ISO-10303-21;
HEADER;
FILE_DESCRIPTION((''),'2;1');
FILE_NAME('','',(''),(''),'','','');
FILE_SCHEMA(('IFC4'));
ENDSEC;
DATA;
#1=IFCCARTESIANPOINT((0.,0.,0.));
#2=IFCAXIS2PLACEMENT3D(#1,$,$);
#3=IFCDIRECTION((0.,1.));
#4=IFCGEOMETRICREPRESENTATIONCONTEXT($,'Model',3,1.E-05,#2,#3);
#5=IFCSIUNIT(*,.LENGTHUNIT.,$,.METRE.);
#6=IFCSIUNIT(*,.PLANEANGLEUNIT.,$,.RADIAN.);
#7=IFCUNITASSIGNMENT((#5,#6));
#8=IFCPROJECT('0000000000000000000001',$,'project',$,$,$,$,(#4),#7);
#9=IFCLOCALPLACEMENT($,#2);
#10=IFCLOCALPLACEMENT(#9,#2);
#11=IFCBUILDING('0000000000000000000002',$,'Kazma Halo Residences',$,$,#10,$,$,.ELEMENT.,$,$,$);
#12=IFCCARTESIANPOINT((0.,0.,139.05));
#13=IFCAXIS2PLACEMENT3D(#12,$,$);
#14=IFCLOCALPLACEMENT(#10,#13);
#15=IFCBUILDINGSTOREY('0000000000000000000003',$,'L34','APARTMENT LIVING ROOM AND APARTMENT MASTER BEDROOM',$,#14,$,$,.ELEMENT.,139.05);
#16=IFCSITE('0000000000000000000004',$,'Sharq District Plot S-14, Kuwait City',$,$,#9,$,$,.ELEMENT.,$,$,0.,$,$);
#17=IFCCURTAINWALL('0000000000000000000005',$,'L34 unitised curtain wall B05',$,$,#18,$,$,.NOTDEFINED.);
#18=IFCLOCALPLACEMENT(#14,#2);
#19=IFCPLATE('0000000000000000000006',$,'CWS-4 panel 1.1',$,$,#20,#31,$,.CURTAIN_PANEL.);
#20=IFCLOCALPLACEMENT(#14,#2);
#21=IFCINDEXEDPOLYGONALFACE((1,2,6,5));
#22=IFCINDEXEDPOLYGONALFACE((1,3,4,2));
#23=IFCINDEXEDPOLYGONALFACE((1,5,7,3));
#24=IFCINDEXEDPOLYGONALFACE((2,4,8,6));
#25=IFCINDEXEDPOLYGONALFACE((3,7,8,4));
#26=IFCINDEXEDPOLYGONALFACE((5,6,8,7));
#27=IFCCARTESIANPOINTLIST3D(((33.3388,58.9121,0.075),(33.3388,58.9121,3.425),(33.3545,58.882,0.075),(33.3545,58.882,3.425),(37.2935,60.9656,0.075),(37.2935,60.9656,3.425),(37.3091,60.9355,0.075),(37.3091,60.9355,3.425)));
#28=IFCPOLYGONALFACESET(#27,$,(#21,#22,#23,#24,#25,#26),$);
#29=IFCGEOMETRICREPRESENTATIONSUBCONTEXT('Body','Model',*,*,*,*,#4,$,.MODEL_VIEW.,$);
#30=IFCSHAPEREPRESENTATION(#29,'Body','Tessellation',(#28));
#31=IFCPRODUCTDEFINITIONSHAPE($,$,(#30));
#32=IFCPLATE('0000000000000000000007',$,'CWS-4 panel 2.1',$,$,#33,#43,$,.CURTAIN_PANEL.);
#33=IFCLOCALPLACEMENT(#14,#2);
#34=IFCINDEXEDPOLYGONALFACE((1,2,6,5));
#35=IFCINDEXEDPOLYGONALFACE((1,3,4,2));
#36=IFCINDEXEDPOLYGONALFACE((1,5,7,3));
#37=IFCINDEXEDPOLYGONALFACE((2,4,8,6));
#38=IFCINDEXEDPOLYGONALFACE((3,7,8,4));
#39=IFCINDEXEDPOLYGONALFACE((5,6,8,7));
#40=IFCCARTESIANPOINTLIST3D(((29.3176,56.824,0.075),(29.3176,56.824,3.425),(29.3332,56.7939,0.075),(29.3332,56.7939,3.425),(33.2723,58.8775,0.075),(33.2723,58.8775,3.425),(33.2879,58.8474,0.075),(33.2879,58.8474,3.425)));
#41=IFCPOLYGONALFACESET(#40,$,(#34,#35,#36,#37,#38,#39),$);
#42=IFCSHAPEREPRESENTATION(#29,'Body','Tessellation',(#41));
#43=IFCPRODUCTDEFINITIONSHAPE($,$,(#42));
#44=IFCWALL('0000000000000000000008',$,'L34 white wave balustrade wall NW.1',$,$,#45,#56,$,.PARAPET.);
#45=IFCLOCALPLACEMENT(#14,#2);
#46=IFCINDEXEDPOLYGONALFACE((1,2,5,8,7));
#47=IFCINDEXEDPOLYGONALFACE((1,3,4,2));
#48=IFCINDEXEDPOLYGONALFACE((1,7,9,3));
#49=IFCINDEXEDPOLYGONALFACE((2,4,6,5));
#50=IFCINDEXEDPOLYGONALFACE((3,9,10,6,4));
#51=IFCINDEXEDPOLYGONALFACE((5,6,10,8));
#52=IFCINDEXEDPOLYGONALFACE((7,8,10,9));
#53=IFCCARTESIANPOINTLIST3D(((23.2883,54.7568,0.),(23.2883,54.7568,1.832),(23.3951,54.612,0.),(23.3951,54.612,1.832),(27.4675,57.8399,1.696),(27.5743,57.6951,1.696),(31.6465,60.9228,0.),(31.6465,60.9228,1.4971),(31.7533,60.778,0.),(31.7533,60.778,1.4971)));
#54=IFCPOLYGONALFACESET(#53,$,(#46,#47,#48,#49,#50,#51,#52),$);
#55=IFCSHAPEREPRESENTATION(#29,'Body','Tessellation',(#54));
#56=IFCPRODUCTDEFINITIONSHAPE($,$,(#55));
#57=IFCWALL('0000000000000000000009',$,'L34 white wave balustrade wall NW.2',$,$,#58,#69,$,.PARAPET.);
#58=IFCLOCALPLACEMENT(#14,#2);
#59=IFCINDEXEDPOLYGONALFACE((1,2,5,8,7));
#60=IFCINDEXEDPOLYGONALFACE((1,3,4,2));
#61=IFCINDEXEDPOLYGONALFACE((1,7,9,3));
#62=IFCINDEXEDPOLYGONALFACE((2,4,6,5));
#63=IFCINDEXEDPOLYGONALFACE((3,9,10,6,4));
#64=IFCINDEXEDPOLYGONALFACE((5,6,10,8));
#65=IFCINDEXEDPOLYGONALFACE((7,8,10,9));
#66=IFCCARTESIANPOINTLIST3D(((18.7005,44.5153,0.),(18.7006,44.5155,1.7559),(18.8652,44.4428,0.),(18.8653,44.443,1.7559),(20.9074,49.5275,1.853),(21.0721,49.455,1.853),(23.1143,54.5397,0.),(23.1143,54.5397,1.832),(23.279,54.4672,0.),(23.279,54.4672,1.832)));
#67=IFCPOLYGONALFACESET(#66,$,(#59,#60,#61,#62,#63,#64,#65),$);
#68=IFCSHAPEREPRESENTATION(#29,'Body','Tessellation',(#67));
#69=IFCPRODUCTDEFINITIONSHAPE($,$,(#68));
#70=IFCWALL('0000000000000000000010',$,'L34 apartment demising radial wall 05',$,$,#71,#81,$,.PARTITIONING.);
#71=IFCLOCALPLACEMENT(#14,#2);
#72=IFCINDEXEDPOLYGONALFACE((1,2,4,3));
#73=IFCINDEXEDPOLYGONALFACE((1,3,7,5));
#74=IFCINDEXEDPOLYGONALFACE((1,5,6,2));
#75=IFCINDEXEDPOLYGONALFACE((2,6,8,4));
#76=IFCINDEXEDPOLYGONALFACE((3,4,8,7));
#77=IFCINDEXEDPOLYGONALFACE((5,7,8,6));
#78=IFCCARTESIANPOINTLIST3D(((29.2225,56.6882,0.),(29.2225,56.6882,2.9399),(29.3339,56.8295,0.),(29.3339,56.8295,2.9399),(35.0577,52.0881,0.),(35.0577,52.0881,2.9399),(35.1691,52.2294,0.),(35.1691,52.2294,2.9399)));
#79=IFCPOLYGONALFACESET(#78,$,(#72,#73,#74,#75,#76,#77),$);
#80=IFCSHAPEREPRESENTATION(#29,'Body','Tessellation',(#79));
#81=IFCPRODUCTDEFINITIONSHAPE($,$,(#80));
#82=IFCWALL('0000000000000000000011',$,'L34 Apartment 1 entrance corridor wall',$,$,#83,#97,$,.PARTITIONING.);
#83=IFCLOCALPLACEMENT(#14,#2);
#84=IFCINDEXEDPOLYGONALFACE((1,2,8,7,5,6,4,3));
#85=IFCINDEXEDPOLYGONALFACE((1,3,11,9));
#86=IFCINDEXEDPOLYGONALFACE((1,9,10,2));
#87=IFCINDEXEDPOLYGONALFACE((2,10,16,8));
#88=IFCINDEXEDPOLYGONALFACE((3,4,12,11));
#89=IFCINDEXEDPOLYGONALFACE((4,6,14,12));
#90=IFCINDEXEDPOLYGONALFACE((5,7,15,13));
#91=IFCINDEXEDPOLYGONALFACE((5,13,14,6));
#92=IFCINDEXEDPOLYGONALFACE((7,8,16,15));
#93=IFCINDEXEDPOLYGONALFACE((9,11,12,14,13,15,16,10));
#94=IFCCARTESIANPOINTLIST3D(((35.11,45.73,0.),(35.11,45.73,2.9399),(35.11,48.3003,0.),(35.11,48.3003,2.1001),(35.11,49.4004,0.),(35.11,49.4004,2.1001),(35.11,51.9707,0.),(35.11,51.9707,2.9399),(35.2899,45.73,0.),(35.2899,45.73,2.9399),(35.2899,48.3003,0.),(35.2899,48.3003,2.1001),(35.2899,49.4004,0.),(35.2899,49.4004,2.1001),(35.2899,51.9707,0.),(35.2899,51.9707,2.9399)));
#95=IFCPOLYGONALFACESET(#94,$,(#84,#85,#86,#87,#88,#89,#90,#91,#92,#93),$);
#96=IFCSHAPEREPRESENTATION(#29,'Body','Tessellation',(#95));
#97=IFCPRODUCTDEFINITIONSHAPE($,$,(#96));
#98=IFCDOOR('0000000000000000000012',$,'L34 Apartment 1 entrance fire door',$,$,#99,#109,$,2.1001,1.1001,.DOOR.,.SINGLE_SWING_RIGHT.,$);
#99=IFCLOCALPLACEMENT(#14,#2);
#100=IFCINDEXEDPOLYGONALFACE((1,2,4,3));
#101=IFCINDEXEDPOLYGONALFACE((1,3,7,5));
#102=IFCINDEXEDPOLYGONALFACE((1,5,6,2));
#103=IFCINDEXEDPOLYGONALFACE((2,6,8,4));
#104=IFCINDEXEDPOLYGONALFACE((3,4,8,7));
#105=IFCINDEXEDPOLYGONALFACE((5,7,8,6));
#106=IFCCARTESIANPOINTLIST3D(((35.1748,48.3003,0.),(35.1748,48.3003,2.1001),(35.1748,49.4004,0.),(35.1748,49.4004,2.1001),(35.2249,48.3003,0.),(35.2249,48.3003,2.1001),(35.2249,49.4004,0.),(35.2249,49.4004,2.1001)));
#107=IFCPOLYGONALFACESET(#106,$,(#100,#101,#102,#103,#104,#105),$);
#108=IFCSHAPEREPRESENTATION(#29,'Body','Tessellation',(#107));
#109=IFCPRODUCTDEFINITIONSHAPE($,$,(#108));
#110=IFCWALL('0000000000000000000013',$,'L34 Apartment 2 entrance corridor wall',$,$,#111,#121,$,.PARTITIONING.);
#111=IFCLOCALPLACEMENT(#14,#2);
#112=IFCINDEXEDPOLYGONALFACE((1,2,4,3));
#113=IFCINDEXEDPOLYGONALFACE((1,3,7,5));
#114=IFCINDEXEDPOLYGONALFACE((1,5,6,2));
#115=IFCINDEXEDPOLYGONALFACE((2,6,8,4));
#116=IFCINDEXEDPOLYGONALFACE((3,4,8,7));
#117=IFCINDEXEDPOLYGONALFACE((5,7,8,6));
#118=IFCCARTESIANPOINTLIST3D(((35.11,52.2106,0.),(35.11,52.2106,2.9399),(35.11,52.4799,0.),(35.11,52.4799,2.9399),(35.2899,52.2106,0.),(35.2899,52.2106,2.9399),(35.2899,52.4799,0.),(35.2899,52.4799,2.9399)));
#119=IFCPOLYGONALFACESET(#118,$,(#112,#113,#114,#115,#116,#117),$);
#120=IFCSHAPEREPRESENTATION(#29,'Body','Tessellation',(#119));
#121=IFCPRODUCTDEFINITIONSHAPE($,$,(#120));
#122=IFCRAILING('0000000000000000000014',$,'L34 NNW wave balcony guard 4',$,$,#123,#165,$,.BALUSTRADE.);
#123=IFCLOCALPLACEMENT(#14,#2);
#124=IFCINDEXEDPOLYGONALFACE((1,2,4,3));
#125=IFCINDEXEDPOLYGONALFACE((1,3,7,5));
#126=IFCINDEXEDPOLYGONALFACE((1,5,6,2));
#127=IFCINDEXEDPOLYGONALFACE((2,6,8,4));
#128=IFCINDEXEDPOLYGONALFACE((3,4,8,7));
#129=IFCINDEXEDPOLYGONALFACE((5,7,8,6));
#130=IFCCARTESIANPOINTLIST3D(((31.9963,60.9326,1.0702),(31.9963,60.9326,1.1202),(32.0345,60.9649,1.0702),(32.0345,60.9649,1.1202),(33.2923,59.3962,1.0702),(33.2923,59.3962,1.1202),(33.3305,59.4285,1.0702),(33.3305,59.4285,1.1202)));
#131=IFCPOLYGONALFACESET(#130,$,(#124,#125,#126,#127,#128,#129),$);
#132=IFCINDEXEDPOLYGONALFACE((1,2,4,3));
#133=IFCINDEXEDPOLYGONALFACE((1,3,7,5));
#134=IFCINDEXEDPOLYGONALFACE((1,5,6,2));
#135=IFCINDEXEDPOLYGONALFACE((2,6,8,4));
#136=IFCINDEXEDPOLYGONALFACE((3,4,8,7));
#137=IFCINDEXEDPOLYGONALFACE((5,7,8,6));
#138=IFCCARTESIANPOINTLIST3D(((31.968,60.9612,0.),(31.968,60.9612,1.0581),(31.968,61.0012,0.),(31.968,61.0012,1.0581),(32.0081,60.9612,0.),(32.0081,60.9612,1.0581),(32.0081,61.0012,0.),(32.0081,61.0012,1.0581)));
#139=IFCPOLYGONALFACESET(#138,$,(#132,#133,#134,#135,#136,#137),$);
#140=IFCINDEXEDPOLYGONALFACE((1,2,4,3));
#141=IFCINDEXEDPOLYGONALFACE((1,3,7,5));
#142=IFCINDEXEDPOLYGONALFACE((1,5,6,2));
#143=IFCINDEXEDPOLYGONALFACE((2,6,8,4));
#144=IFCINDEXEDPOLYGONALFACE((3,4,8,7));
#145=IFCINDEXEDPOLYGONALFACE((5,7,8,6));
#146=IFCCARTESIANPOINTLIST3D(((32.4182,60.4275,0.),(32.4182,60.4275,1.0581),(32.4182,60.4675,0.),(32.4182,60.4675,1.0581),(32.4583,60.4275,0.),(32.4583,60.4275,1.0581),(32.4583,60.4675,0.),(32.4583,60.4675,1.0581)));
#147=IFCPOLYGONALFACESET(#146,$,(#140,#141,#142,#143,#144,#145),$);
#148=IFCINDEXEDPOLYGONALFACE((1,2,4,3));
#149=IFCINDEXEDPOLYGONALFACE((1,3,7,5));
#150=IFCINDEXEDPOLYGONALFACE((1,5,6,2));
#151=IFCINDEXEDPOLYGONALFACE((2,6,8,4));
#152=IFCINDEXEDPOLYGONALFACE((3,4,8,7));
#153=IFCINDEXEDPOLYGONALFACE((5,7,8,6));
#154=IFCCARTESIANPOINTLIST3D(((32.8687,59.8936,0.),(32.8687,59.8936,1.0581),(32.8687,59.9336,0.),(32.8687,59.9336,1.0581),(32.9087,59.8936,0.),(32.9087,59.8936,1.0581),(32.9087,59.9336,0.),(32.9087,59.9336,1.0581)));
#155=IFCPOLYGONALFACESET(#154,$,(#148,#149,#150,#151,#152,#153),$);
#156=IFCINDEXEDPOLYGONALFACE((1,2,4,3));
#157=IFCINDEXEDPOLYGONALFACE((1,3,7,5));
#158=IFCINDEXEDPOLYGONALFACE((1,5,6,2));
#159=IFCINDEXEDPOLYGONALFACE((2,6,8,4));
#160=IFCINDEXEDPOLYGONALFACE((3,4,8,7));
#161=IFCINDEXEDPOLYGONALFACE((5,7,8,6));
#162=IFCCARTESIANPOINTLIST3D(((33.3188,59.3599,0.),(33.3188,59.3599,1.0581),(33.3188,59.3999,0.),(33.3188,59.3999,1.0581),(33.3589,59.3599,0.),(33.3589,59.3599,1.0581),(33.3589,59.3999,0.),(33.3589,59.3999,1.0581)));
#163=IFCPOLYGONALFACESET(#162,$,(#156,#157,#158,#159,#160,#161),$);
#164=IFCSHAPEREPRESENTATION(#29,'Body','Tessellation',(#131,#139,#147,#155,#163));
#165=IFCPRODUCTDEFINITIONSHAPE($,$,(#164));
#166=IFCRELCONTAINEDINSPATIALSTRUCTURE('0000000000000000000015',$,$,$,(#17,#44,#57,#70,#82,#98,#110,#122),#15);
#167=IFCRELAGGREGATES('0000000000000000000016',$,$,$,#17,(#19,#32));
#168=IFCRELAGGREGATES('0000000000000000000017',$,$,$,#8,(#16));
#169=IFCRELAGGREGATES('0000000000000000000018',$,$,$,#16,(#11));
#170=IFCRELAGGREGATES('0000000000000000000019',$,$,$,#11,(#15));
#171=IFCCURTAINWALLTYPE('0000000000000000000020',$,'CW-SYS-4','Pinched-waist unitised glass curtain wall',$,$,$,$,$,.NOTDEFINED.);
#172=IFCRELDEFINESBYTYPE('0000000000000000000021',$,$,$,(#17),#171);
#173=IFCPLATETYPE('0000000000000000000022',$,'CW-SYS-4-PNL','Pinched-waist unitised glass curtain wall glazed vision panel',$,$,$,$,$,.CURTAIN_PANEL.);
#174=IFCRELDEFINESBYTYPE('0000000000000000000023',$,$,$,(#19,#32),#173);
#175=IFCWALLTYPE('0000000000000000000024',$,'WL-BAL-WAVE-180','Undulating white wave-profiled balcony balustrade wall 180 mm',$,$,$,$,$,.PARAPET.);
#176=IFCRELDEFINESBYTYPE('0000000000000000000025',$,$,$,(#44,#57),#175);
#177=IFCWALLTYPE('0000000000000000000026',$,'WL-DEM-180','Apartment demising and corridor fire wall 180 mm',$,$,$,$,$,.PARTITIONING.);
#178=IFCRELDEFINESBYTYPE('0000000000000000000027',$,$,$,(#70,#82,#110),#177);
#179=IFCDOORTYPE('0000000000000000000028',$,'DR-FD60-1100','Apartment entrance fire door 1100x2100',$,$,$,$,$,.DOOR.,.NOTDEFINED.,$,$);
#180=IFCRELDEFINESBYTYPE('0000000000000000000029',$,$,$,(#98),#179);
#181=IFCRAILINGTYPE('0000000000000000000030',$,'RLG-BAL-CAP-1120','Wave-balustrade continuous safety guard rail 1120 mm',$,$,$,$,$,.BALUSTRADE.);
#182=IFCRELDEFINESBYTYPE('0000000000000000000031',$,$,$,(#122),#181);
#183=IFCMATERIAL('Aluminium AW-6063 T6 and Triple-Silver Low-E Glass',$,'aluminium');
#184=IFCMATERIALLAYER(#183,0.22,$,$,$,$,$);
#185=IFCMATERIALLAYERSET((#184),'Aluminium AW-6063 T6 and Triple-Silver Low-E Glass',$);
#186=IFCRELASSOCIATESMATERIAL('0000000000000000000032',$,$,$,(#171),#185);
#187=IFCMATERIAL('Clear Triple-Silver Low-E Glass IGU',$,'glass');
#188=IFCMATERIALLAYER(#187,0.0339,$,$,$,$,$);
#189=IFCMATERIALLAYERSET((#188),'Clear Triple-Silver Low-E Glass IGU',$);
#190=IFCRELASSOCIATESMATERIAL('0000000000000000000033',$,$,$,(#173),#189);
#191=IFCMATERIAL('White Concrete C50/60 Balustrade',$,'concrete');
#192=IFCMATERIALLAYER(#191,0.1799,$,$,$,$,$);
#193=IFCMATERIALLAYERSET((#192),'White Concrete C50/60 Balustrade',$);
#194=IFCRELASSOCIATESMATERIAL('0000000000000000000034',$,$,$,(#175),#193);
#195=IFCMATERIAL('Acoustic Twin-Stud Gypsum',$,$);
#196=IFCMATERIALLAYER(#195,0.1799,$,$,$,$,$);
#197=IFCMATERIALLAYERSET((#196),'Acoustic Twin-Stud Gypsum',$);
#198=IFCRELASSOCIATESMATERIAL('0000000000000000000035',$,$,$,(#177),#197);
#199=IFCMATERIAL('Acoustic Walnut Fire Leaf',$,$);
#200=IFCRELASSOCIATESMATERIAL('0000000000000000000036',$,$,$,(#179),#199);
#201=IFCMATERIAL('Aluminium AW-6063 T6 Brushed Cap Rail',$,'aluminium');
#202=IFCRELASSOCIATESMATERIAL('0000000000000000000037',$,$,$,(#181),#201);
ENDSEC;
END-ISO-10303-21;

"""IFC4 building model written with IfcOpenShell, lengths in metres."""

from ifc_helpers import new_model, si_unit, direction, frame, frame_2d, origin, origin_2d, place, context, subcontext, project, spatial, polyline, rectangle, outline, extrude, material, layer, layer_set, type_object, element, fill, aggregate, save


model = new_model("IFC4")

# Units and contexts
model_context = context("Model", 3, precision=1e-05, world=origin(), true_north=direction((0.0, 1.0)))
body_context = subcontext(model_context, "Body", "Model", "MODEL_VIEW")
ifc_project = project(units=[si_unit("LENGTHUNIT", "METRE"), si_unit("PLANEANGLEUNIT", "RADIAN")], contexts=[model_context])

# Site, building, storey
site_placement = place(None, origin())
site = spatial("IfcSite", under=ifc_project, at=site_placement, Name="Sharq District Plot S-14, Kuwait City", CompositionType="ELEMENT", RefElevation=0.0)
building_placement = place(site_placement, origin())
building = spatial("IfcBuilding", under=site, at=building_placement, Name="Kazma Halo Residences", CompositionType="ELEMENT")
storey_placement = place(building_placement, frame((0.0, 0.0, 139.05)))
storey = spatial("IfcBuildingStorey", under=building, at=storey_placement, Name="L34", Description="APARTMENT LIVING ROOM AND APARTMENT MASTER BEDROOM", CompositionType="ELEMENT", Elevation=139.05)

# Curtain wall
ifc_material_1 = material(Name="Aluminium AW-6063 T6 and Triple-Silver Low-E Glass", Category="aluminium")
ifc_layer_1 = layer(ifc_material_1, 0.22)
ifc_layer_set_1 = layer_set([ifc_layer_1], Name="Aluminium AW-6063 T6 and Triple-Silver Low-E Glass")
curtain_wall_type = type_object("IfcCurtainWallType", Name="CW-SYS-4", Description="Pinched-waist unitised glass curtain wall", PredefinedType="NOTDEFINED", material=ifc_layer_set_1)
curtain_wall_1_placement = place(storey_placement, origin())
curtain_wall_1 = element("IfcCurtainWall", 1, at=curtain_wall_1_placement, inside=storey, type_object=curtain_wall_type, Name="L34 unitised curtain wall B05", PredefinedType="NOTDEFINED")

# Plates
ifc_material_2 = material(Name="Clear Triple-Silver Low-E Glass IGU", Category="glass")
ifc_layer_2 = layer(ifc_material_2, 0.0339)
ifc_layer_set_2 = layer_set([ifc_layer_2], Name="Clear Triple-Silver Low-E Glass IGU")
plate_type = type_object("IfcPlateType", Name="CW-SYS-4-PNL", Description="Pinched-waist unitised glass curtain wall glazed vision panel", PredefinedType="CURTAIN_PANEL", material=ifc_layer_set_2)
plate_1_placement = place(storey_placement, frame((35.324, 59.9238, 0.075), z_axis=(0.0, 0.0, 1.0), x_axis=(-0.887485, -0.460837, 0.0)))
plate_1 = element("IfcPlate", 2, at=plate_1_placement, type_object=plate_type, Name="CWS-4 panel 1.1", PredefinedType="CURTAIN_PANEL", context=body_context, shape_type="SweptSolid", body=[
    extrude(rectangle(XDim=4.4561, YDim=0.0339, at=origin_2d()), origin(), (0.0, 0.0, 1.0), 3.3501),
])
plate_2_placement = place(storey_placement, frame((31.3027, 57.8357, 0.075), z_axis=(0.0, 0.0, 1.0), x_axis=(-0.887485, -0.460837, 0.0)))
plate_2 = element("IfcPlate", 3, at=plate_2_placement, type_object=plate_type, Name="CWS-4 panel 2.1", PredefinedType="CURTAIN_PANEL", context=body_context, shape_type="SweptSolid", body=[
    extrude(rectangle(XDim=4.4561, YDim=0.0339, at=origin_2d()), origin(), (0.0, 0.0, 1.0), 3.3501),
])
aggregate(curtain_wall_1, [plate_1, plate_2])

# Walls
ifc_material_3 = material(Name="White Concrete C50/60 Balustrade", Category="concrete")
ifc_layer_3 = layer(ifc_material_3, 0.1799)
ifc_layer_set_3 = layer_set([ifc_layer_3], Name="White Concrete C50/60 Balustrade")
wall_type_1 = type_object("IfcWallType", Name="WL-BAL-WAVE-180", Description="Undulating white wave-profiled balcony balustrade wall 180 mm", PredefinedType="PARAPET", material=ifc_layer_set_3)
wall_1_placement = place(storey_placement, frame((31.7, 60.8503, 0.0), z_axis=(0.0, 0.0, 1.0), x_axis=(-0.804717, -0.593659, 0.0)))
element("IfcWall", 4, at=wall_1_placement, inside=storey, type_object=wall_type_1, Name="L34 white wave balustrade wall NW.1", PredefinedType="PARAPET", context=body_context, shape_type="SweptSolid", body=[
    extrude(outline(polyline([(0.0, 0.0), (10.3865, 0.0), (10.3865, 1.832), (5.1931, 1.696), (0.0, 1.4971), (0.0, 0.0)])), frame((0.0, 0.0898, 0.0), z_axis=(0.0, -1.0, 0.0), x_axis=(1.0, 0.0, 0.0)), (0.0, 0.0, 1.0), 0.1799),
])
wall_2_placement = place(storey_placement, frame((23.1968, 54.5034, 0.0), z_axis=(0.0, 0.0, 1.0), x_axis=(-0.402974, -0.915211, 0.0)))
element("IfcWall", 5, at=wall_2_placement, inside=storey, type_object=wall_type_1, Name="L34 white wave balustrade wall NW.2", PredefinedType="PARAPET", context=body_context, shape_type="SweptSolid", body=[
    extrude(outline(polyline([(0.0, 0.0), (10.9531, 0.0), (10.9529, 1.7559), (5.4766, 1.853), (0.0, 1.832), (0.0, 0.0)])), frame((0.0, 0.0898, 0.0), z_axis=(0.0, -1.0, 0.0), x_axis=(1.0, 0.0, 0.0)), (0.0, 0.0, 1.0), 0.1799),
])
ifc_material_4 = material(Name="Acoustic Twin-Stud Gypsum")
ifc_layer_4 = layer(ifc_material_4, 0.1799)
ifc_layer_set_4 = layer_set([ifc_layer_4], Name="Acoustic Twin-Stud Gypsum")
wall_type_2 = type_object("IfcWallType", Name="WL-DEM-180", Description="Apartment demising and corridor fire wall 180 mm", PredefinedType="PARTITIONING", material=ifc_layer_set_4)
wall_3_placement = place(storey_placement, frame((35.1135, 52.1587, 0.0), z_axis=(0.0, 0.0, 1.0), x_axis=(-0.785317, 0.619093, 0.0)))
element("IfcWall", 6, at=wall_3_placement, inside=storey, type_object=wall_type_2, Name="L34 apartment demising radial wall 05", PredefinedType="PARTITIONING", context=body_context, shape_type="SweptSolid", body=[
    extrude(rectangle(XDim=7.4304, YDim=0.1799, at=frame_2d((3.7153, 0.0))), origin(), (0.0, 0.0, 1.0), 2.9399),
])

# Wall, opening, door
wall_4_placement = place(storey_placement, frame((35.2, 51.9707, 0.0), z_axis=(0.0, 0.0, 1.0), x_axis=(0.0, -1.0, 0.0)))
wall_4 = element("IfcWall", 7, at=wall_4_placement, inside=storey, type_object=wall_type_2, Name="L34 Apartment 1 entrance corridor wall", PredefinedType="PARTITIONING", context=body_context, shape_type="SweptSolid", body=[
    extrude(rectangle(XDim=6.2407, YDim=0.1799, at=frame_2d((3.1204, 0.0))), origin(), (0.0, 0.0, 1.0), 2.9399),
])
opening_1_placement = place(wall_4_placement, frame((2.5703, 0.0, 0.0)))
opening_1 = element("IfcOpeningElement", 8, at=opening_1_placement, cuts=wall_4, PredefinedType="OPENING", context=body_context, shape_type="SweptSolid", body=[
    extrude(rectangle(XDim=1.1001, YDim=2.1001, at=frame_2d((0.55, 1.05))), frame((0.0, 0.0999, 0.0), z_axis=(0.0, -1.0, 0.0), x_axis=(1.0, 0.0, 0.0)), (0.0, 0.0, 1.0), 0.2),
])
ifc_material_5 = material(Name="Acoustic Walnut Fire Leaf")
door_type_1 = type_object("IfcDoorType", Name="DR-FD60-1100", Description="Apartment entrance fire door 1100x2100", OperationType="NOTDEFINED", PredefinedType="DOOR", material=ifc_material_5)
door_1_placement = place(opening_1_placement, origin())
door_1 = element("IfcDoor", 9, at=door_1_placement, inside=storey, type_object=door_type_1, Name="L34 Apartment 1 entrance fire door", OperationType="SINGLE_SWING_RIGHT", OverallHeight=2.1001, OverallWidth=1.1001, PredefinedType="DOOR", context=body_context, shape_type="SweptSolid", body=[
    extrude(rectangle(XDim=1.1001, YDim=2.1001, at=frame_2d((0.55, 1.05))), frame((0.0, 0.0249, 0.0), z_axis=(0.0, -1.0, 0.0), x_axis=(1.0, 0.0, 0.0)), (0.0, 0.0, 1.0), 0.05),
])
fill(opening_1, door_1)

# Wall
wall_5_placement = place(storey_placement, frame((35.2, 52.48, 0.0), z_axis=(0.0, 0.0, 1.0), x_axis=(0.0, -1.0, 0.0)))
element("IfcWall", 10, at=wall_5_placement, inside=storey, type_object=wall_type_2, Name="L34 Apartment 2 entrance corridor wall", PredefinedType="PARTITIONING", context=body_context, shape_type="SweptSolid", body=[
    extrude(rectangle(XDim=0.2693, YDim=0.1799, at=frame_2d((0.1348, 0.0))), origin(), (0.0, 0.0, 1.0), 2.9399),
])

# Railing
ifc_material_6 = material(Name="Aluminium AW-6063 T6 Brushed Cap Rail", Category="aluminium")
railing_type = type_object("IfcRailingType", Name="RLG-BAL-CAP-1120", Description="Wave-balustrade continuous safety guard rail 1120 mm", PredefinedType="BALUSTRADE", material=ifc_material_6)
railing_1_placement = place(storey_placement, frame((31.988, 60.9812, 0.0)))
element("IfcRailing", 11, at=railing_1_placement, inside=storey, type_object=railing_type, Name="L34 NNW wave balcony guard 4", PredefinedType="BALUSTRADE", context=body_context, shape_type="SweptSolid", body=[
    extrude(rectangle(XDim=0.05, YDim=0.05, at=origin_2d()), frame((0.0273, -0.0325, 1.0952), z_axis=(0.644792, -0.764358, 0.0), x_axis=(0.764358, 0.644792, 0.0)), (0.0, 0.0, 1.0), 2.01),
    extrude(rectangle(XDim=0.04, YDim=0.04, at=origin_2d()), origin(), (0.0, 0.0, 1.0), 1.0581),
    extrude(rectangle(XDim=0.04, YDim=0.04, at=origin_2d()), frame((0.4502, -0.5337, 0.0)), (0.0, 0.0, 1.0), 1.0581),
    extrude(rectangle(XDim=0.04, YDim=0.04, at=origin_2d()), frame((0.9006, -1.0676, 0.0)), (0.0, 0.0, 1.0), 1.0581),
    extrude(rectangle(XDim=0.04, YDim=0.04, at=origin_2d()), frame((1.3508, -1.6013, 0.0)), (0.0, 0.0, 1.0), 1.0581),
])

save(model, "model.ifc")
